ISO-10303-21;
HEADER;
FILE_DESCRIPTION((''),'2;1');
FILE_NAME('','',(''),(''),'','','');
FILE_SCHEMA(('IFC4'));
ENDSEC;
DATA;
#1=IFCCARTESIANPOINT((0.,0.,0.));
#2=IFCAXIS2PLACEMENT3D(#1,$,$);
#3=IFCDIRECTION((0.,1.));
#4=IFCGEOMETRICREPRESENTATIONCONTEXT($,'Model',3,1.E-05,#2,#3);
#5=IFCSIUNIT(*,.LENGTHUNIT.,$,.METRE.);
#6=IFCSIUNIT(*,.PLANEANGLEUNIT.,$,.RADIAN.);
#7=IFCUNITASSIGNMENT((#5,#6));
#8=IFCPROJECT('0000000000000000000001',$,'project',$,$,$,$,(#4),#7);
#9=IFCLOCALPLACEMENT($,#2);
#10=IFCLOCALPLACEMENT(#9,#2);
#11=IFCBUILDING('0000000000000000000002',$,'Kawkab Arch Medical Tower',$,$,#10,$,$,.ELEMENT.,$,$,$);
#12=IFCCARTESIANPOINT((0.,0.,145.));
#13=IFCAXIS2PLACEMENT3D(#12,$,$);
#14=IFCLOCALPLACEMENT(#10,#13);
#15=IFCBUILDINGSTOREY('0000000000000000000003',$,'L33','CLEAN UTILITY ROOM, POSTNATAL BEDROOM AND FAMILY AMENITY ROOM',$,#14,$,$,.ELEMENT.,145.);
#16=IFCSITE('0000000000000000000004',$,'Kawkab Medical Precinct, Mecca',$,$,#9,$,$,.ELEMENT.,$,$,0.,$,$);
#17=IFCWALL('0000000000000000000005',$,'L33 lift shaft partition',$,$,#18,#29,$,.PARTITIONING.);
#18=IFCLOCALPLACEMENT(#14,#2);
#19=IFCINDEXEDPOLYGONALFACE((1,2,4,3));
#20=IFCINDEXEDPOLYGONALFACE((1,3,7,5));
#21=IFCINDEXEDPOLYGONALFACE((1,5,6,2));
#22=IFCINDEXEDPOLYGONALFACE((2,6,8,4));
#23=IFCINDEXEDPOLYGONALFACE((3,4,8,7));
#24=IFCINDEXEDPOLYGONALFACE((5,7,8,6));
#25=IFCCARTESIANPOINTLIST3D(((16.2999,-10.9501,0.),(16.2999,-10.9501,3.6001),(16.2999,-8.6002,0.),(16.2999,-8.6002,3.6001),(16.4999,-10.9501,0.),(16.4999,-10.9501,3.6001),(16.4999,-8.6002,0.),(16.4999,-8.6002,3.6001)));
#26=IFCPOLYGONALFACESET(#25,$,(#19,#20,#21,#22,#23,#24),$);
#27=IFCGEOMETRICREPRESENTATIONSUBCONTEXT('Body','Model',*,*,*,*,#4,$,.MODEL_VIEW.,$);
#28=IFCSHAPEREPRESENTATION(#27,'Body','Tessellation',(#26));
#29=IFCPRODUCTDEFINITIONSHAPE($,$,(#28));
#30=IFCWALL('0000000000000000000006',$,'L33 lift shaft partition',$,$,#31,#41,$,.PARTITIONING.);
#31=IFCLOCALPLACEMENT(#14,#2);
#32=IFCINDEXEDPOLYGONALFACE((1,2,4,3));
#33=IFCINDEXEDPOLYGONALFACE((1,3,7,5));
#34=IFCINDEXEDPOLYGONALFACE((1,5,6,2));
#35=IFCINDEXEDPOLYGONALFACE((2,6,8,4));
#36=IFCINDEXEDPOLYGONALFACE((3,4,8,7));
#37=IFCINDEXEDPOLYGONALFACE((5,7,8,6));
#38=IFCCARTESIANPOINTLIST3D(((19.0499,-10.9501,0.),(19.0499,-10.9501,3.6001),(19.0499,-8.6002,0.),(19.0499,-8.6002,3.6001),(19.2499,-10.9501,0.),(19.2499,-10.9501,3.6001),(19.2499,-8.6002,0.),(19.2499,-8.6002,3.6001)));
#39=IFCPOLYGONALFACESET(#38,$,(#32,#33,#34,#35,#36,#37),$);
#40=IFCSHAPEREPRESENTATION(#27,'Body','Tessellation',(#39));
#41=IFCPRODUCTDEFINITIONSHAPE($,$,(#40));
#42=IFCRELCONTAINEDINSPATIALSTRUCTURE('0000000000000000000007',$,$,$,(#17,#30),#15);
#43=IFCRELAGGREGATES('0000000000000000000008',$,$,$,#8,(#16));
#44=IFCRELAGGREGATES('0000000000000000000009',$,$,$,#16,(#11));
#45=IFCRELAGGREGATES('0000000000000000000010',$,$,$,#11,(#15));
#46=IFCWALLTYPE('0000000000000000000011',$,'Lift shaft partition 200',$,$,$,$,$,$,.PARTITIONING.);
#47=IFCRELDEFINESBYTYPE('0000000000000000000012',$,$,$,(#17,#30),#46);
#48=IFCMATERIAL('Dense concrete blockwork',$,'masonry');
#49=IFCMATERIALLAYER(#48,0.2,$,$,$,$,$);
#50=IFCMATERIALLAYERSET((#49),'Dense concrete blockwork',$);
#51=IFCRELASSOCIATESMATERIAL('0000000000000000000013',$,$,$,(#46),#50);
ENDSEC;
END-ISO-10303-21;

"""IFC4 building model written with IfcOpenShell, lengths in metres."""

from ifc_helpers import new_model, si_unit, direction, frame, frame_2d, origin, place, context, subcontext, project, spatial, rectangle, extrude, material, layer, layer_set, type_object, element, save


model = new_model("IFC4")

# Units and contexts
model_context = context("Model", 3, precision=1e-05, world=origin(), true_north=direction((0.0, 1.0)))
body_context = subcontext(model_context, "Body", "Model", "MODEL_VIEW")
ifc_project = project(units=[si_unit("LENGTHUNIT", "METRE"), si_unit("PLANEANGLEUNIT", "RADIAN")], contexts=[model_context])

# Site, building, storey
site_placement = place(None, origin())
site = spatial("IfcSite", under=ifc_project, at=site_placement, Name="Kawkab Medical Precinct, Mecca", CompositionType="ELEMENT", RefElevation=0.0)
building_placement = place(site_placement, origin())
building = spatial("IfcBuilding", under=site, at=building_placement, Name="Kawkab Arch Medical Tower", CompositionType="ELEMENT")
storey_placement = place(building_placement, frame((0.0, 0.0, 145.0)))
storey = spatial("IfcBuildingStorey", under=building, at=storey_placement, Name="L33", Description="CLEAN UTILITY ROOM, POSTNATAL BEDROOM AND FAMILY AMENITY ROOM", CompositionType="ELEMENT", Elevation=145.0)

# Walls
ifc_material_1 = material(Name="Dense concrete blockwork", Category="masonry")
ifc_layer_1 = layer(ifc_material_1, 0.2)
ifc_layer_set_1 = layer_set([ifc_layer_1], Name="Dense concrete blockwork")
wall_type_1 = type_object("IfcWallType", Name="Lift shaft partition 200", PredefinedType="PARTITIONING", material=ifc_layer_set_1)
for number, where, z_axis, x_axis, name in (
    (1, (16.3999, -10.95, 0.0), (0.0, 0.0, 1.0), (0.0, 1.0, 0.0), "L33 lift shaft partition"),
    (2, (19.1499, -10.95, 0.0), (0.0, 0.0, 1.0), (0.0, 1.0, 0.0), "L33 lift shaft partition"),
):
    element("IfcWall", number, at=place(storey_placement, frame(where, z_axis=z_axis, x_axis=x_axis)), inside=storey, type_object=wall_type_1, Name=name, PredefinedType="PARTITIONING", context=body_context, shape_type="SweptSolid", body=[
        extrude(rectangle(XDim=2.3499, YDim=0.2, at=frame_2d((1.1748, 0.0))), origin(), (0.0, 0.0, 1.0), 3.6001),
    ])

save(model, "model.ifc")
